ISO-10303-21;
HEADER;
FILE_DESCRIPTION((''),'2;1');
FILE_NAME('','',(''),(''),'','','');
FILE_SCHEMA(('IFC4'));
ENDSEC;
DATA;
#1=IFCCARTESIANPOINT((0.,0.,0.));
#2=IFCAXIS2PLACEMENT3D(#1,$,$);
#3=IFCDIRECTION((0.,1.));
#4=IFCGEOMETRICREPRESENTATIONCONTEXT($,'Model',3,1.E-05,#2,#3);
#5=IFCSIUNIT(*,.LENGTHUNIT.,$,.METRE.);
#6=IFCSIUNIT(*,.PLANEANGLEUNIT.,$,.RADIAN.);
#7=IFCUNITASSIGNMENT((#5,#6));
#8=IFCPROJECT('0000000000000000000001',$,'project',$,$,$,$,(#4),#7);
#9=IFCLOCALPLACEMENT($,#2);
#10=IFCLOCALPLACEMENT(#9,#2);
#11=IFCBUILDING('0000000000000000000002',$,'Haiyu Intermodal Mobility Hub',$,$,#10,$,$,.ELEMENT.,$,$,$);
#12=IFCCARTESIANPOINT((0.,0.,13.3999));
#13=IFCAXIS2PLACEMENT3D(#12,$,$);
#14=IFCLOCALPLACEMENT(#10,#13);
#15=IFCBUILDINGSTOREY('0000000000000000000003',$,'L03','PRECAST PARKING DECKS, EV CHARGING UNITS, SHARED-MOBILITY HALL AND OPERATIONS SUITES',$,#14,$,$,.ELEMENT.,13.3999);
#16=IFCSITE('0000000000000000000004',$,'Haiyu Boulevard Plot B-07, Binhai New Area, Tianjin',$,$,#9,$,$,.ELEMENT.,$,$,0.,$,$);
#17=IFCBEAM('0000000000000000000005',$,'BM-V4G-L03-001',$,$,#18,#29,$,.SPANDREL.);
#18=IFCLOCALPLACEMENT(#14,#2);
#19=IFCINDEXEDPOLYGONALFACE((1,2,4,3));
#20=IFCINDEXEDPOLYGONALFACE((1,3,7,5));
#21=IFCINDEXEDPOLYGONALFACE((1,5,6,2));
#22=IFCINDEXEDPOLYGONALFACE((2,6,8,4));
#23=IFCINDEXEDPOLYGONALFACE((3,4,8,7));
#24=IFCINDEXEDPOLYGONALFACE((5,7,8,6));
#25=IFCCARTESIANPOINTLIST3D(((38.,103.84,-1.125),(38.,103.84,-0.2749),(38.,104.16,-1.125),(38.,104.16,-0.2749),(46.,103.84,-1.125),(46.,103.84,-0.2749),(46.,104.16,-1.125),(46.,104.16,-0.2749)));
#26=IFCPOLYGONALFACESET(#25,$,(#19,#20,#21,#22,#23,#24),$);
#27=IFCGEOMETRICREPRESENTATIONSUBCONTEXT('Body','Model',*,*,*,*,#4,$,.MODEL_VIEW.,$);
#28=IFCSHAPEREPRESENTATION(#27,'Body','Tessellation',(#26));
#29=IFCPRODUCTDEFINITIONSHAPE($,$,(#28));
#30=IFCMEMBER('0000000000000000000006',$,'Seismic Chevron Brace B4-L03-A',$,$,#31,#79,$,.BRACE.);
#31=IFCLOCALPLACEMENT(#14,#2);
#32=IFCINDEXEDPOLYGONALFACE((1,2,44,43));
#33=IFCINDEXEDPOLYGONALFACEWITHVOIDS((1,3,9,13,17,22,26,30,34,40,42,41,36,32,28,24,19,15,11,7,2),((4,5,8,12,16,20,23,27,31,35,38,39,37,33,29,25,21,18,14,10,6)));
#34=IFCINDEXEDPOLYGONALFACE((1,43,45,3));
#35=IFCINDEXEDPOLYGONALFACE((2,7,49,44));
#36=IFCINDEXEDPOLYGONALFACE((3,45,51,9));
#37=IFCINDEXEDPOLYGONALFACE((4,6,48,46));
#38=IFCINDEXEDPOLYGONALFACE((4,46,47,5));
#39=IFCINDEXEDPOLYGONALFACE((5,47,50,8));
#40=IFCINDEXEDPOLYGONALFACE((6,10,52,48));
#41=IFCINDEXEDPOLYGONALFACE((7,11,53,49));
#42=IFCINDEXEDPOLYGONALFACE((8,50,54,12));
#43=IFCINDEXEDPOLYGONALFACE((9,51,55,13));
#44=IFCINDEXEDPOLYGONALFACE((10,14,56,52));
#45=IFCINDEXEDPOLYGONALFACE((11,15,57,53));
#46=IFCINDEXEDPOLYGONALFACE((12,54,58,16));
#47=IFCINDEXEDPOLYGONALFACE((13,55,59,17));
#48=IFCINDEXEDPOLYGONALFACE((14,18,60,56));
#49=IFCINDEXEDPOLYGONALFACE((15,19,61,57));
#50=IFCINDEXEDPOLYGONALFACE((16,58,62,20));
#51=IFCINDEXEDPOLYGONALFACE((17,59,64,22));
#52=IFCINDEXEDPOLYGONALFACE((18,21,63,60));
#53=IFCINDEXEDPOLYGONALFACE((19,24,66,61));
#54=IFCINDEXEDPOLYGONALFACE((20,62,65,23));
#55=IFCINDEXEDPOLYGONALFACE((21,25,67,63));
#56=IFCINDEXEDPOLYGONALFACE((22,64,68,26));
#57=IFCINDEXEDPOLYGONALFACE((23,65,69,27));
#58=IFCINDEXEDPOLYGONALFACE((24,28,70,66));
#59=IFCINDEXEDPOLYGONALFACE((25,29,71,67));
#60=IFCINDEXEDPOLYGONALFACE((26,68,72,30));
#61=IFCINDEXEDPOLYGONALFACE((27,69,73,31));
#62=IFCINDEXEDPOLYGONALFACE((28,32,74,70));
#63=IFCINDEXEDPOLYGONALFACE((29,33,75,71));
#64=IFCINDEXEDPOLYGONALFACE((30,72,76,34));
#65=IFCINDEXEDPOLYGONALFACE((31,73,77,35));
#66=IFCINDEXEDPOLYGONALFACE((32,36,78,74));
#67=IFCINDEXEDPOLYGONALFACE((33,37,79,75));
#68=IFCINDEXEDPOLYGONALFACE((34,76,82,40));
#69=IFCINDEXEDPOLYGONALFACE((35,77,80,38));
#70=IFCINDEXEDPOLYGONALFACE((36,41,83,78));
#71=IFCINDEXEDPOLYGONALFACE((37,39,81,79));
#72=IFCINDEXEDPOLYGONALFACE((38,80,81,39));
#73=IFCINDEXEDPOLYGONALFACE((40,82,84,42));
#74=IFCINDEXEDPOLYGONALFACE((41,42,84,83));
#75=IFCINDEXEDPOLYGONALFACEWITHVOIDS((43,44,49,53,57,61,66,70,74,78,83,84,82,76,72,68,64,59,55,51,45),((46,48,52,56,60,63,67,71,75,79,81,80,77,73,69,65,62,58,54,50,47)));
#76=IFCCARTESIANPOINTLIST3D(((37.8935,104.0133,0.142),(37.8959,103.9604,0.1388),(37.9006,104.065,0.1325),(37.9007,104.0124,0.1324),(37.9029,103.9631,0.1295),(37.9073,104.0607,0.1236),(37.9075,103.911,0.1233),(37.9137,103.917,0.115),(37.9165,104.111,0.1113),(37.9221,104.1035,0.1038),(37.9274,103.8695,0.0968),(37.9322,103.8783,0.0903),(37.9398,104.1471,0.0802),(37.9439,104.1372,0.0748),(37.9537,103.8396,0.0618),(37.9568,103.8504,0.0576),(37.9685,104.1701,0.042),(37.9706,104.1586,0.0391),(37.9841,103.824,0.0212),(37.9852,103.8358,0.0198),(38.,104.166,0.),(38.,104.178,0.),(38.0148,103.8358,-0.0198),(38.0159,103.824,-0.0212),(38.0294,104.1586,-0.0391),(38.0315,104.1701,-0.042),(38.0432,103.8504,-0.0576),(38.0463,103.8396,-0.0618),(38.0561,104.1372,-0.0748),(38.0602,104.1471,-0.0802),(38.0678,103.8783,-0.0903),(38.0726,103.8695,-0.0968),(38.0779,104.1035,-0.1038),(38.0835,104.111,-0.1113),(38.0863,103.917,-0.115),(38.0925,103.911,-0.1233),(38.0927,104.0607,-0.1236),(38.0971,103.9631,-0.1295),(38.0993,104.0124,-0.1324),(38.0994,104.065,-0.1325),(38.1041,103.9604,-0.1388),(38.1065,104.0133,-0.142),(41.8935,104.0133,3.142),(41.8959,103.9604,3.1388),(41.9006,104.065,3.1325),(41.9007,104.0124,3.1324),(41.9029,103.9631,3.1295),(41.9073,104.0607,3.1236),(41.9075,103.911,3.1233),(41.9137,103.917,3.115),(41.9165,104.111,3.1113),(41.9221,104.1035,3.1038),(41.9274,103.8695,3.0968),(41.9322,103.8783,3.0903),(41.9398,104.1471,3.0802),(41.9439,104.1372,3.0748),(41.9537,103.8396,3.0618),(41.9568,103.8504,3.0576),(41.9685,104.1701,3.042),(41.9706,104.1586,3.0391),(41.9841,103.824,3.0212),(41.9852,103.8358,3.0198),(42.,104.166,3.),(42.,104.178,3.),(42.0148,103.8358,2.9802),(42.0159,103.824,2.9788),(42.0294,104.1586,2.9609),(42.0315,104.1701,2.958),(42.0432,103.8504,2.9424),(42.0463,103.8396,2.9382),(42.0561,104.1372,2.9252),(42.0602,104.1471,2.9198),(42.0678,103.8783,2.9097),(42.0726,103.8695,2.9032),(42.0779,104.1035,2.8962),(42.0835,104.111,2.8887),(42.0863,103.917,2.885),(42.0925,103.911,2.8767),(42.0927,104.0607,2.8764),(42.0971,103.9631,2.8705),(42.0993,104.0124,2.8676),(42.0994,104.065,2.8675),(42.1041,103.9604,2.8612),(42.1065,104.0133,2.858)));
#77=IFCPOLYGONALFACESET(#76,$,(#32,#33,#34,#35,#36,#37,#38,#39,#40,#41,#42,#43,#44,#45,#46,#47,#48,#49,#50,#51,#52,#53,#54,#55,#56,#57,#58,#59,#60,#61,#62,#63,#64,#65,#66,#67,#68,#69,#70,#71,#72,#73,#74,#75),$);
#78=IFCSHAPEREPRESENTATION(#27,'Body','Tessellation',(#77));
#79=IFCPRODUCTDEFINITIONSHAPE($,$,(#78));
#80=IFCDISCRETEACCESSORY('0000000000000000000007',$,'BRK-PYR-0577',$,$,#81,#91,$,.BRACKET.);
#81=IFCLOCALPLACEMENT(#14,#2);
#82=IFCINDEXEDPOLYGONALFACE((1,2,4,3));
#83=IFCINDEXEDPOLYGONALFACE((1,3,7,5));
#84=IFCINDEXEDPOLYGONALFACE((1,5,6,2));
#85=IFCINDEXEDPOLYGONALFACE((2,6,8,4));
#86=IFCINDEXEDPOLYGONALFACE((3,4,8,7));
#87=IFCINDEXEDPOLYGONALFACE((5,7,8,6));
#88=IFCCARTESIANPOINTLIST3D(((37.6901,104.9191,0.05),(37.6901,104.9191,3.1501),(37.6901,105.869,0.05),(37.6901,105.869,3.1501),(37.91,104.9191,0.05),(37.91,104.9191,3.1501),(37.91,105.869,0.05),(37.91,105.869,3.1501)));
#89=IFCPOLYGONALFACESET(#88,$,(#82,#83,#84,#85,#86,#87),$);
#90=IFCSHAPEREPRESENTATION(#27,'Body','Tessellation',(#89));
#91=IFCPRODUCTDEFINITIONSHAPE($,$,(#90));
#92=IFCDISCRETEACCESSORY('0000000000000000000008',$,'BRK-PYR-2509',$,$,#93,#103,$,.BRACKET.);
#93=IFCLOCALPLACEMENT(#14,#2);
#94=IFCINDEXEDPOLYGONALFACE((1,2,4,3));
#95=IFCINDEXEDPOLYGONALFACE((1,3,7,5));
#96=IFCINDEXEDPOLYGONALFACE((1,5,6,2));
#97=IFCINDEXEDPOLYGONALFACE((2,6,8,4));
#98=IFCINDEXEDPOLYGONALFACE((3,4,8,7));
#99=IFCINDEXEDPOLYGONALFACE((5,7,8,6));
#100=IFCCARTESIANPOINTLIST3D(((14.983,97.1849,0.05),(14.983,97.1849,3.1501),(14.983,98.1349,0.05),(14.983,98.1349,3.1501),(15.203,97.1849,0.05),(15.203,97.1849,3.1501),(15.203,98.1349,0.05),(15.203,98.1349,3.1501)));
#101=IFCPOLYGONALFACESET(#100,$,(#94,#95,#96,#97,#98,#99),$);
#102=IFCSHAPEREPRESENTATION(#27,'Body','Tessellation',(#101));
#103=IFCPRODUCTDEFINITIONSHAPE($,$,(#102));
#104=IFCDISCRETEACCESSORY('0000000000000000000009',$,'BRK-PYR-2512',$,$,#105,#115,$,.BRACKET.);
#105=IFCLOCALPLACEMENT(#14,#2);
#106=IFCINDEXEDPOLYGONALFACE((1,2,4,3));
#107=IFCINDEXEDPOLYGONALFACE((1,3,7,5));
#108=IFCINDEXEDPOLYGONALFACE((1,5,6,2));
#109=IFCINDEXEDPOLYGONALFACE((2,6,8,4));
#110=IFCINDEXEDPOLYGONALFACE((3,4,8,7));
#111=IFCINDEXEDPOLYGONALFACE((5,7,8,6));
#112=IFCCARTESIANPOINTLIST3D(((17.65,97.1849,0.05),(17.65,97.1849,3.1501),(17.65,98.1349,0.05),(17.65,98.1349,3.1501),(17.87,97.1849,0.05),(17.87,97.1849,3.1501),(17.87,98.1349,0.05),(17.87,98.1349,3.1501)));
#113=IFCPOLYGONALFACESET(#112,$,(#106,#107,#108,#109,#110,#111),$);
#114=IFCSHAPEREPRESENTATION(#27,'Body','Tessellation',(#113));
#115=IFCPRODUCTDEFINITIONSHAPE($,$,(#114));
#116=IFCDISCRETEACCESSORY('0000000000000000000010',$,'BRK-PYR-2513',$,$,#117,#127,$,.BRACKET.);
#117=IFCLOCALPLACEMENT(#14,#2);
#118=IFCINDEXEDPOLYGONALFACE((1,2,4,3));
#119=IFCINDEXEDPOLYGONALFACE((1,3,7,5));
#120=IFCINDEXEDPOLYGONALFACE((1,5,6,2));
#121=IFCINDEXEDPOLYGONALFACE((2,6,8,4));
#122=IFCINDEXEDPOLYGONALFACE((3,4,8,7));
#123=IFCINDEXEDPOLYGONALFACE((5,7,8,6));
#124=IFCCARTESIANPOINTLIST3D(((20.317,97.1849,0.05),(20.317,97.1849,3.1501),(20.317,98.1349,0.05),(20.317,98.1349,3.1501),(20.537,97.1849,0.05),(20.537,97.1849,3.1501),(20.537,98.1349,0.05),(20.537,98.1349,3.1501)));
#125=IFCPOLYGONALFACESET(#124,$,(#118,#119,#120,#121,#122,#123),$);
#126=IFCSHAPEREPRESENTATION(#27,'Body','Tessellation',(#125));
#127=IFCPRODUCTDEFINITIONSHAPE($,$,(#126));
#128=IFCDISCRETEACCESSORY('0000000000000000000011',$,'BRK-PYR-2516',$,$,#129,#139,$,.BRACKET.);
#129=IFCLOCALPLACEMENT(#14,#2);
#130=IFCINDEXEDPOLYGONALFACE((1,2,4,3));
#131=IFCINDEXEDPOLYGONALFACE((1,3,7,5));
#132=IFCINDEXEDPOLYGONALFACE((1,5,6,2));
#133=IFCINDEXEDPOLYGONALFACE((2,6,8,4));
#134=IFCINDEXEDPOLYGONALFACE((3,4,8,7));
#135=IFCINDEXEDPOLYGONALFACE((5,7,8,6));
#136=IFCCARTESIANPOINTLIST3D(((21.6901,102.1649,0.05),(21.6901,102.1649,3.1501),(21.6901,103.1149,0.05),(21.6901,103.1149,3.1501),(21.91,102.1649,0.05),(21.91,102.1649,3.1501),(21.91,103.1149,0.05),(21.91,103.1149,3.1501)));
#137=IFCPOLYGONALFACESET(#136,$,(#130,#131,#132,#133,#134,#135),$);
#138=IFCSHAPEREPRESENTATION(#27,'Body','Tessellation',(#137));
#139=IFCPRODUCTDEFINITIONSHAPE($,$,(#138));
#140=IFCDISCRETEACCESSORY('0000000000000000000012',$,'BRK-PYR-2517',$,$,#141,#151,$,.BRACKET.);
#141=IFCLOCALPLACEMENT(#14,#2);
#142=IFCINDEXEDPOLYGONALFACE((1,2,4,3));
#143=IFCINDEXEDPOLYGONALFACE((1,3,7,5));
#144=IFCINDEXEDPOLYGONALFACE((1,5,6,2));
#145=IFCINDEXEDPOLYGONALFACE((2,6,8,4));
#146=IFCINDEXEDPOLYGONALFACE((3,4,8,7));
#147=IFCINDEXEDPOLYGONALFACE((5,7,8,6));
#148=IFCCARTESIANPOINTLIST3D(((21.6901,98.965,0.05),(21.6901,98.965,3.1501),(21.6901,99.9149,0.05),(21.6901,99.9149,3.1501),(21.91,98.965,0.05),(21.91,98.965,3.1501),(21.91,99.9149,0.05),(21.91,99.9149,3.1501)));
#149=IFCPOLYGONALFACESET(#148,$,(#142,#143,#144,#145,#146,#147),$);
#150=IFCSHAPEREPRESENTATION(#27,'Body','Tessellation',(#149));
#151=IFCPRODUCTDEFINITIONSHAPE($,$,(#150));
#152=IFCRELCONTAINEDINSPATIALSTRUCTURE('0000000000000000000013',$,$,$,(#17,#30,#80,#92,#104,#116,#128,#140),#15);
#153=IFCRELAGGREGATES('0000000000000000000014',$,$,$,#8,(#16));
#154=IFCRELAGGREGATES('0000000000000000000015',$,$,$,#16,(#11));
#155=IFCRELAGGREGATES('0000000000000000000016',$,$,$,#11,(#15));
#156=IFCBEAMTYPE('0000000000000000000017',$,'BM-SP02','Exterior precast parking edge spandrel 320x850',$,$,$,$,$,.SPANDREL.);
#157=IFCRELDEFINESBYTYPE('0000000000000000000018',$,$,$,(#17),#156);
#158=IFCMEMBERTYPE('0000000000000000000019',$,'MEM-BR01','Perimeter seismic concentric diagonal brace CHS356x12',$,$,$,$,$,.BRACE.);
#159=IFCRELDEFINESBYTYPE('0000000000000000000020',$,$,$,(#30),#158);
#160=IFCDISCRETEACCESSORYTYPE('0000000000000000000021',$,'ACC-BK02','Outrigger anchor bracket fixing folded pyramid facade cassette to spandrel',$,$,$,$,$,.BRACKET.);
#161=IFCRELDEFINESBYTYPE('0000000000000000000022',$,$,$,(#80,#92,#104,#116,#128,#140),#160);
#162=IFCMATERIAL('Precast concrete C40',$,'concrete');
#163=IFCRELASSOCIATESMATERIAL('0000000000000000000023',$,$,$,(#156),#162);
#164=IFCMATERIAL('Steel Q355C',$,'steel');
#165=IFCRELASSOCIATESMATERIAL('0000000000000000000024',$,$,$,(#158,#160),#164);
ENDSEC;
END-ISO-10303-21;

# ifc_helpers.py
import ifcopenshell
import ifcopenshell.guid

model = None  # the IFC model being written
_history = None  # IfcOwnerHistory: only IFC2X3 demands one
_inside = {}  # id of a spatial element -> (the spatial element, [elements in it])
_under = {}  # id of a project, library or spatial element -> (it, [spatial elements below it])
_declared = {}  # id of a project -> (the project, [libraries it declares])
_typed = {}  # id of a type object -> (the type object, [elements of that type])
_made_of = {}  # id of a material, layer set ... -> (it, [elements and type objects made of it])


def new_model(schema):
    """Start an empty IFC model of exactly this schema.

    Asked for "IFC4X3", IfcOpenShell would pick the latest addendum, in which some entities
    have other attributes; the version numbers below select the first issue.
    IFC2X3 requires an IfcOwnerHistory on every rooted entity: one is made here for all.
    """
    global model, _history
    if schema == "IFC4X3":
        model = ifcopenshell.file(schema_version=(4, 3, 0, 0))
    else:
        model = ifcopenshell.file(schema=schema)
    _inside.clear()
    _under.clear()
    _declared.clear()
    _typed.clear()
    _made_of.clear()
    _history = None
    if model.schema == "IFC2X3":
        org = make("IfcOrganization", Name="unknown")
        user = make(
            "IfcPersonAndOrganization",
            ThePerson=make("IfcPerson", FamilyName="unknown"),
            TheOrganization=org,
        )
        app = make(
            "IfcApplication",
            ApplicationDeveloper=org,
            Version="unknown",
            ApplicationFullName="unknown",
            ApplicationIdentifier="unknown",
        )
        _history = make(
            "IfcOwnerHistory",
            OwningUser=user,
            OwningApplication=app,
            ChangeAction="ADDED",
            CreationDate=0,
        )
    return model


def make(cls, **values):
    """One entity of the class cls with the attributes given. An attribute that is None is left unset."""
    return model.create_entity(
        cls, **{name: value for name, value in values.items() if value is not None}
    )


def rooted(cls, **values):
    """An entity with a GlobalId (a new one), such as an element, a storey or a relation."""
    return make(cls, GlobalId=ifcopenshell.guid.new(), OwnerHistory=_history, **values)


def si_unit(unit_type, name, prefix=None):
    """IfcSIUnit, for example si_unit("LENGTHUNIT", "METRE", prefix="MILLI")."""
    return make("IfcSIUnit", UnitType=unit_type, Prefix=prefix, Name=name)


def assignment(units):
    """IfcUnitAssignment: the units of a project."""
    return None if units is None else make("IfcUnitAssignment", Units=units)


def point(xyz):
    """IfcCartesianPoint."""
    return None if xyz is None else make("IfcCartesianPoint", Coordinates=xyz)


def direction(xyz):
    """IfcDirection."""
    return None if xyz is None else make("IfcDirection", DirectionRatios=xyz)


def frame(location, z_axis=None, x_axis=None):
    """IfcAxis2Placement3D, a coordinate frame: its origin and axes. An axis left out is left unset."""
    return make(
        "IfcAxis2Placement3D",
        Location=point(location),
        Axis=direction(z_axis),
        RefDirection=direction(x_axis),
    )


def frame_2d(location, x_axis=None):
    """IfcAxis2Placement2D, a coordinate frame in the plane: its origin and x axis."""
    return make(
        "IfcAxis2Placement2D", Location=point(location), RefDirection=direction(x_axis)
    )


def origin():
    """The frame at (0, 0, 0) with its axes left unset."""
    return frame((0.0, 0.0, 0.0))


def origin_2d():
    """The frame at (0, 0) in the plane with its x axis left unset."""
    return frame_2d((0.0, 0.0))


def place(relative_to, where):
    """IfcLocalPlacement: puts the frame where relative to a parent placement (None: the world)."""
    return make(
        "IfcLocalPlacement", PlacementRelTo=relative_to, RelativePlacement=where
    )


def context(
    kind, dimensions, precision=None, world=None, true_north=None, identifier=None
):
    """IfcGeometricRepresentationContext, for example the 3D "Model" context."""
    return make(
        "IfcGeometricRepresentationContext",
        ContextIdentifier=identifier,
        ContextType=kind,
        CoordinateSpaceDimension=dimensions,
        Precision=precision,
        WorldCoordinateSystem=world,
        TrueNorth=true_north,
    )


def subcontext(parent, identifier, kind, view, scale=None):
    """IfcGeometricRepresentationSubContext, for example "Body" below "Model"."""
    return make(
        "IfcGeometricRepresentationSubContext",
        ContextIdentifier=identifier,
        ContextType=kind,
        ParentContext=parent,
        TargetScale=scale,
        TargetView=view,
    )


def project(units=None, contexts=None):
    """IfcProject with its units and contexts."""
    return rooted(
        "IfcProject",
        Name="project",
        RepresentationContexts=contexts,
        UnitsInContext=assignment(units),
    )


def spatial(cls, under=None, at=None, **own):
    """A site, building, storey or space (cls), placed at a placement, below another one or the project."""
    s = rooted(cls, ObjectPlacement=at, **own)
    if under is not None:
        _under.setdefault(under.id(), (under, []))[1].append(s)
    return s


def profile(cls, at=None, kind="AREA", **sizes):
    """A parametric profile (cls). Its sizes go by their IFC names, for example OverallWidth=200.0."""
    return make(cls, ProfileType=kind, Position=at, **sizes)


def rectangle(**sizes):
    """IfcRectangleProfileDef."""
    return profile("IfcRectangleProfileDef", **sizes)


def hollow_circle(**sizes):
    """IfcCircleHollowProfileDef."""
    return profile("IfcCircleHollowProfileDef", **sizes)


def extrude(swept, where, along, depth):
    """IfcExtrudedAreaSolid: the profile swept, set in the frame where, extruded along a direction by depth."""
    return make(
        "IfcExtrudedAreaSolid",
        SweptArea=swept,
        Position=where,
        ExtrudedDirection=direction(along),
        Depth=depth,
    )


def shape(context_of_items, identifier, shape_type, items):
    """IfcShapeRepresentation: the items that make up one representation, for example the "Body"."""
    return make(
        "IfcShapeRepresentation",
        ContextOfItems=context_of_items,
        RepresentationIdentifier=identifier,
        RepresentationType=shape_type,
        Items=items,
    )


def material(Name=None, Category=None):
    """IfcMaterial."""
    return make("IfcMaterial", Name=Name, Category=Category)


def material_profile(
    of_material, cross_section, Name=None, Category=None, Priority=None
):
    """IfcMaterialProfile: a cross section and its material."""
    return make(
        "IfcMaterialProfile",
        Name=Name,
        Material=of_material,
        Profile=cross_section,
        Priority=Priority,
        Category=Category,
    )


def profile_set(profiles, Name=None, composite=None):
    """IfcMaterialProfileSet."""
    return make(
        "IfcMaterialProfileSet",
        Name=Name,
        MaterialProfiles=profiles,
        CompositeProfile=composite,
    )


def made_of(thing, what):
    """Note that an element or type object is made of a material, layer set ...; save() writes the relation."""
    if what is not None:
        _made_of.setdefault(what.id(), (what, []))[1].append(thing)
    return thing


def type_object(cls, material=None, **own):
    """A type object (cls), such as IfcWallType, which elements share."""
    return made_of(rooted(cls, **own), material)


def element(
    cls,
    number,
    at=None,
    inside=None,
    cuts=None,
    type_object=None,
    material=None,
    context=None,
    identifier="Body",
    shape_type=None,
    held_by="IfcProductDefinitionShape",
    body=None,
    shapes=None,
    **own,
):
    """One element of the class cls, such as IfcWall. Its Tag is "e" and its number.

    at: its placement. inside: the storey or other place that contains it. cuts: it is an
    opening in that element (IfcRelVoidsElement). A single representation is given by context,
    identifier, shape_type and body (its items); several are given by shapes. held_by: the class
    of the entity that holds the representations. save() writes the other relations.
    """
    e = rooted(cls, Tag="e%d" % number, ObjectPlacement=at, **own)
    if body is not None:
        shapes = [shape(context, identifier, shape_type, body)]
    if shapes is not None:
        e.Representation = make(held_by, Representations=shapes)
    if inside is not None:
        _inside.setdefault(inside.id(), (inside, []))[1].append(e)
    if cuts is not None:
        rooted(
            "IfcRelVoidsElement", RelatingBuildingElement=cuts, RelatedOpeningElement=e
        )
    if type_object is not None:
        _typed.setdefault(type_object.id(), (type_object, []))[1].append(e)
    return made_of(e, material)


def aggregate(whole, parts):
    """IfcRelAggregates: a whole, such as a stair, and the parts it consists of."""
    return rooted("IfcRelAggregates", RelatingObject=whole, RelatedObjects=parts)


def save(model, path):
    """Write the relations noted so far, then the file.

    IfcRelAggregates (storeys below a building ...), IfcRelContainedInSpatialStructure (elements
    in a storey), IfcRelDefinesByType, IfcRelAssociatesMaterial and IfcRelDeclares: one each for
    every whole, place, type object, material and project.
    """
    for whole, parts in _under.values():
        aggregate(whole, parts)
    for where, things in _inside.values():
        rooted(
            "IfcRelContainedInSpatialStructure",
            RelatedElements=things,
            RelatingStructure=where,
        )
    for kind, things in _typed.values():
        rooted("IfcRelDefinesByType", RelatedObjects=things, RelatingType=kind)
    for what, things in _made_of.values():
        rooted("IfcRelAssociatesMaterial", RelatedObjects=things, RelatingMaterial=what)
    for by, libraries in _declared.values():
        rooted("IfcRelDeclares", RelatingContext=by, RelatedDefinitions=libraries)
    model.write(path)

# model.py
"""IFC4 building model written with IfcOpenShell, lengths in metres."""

from ifc_helpers import new_model, si_unit, direction, frame, origin, origin_2d, place, context, subcontext, project, spatial, rectangle, hollow_circle, extrude, material, material_profile, profile_set, type_object, element, save


model = new_model("IFC4")

# Units and contexts
model_context = context("Model", 3, precision=1e-05, world=origin(), true_north=direction((0.0, 1.0)))
body_context = subcontext(model_context, "Body", "Model", "MODEL_VIEW")
ifc_project = project(units=[si_unit("LENGTHUNIT", "METRE"), si_unit("PLANEANGLEUNIT", "RADIAN")], contexts=[model_context])

# Site, building, storey
site_placement = place(None, origin())
site = spatial("IfcSite", under=ifc_project, at=site_placement, Name="Haiyu Boulevard Plot B-07, Binhai New Area, Tianjin", CompositionType="ELEMENT", RefElevation=0.0)
building_placement = place(site_placement, origin())
building = spatial("IfcBuilding", under=site, at=building_placement, Name="Haiyu Intermodal Mobility Hub", CompositionType="ELEMENT")
storey_placement = place(building_placement, frame((0.0, 0.0, 13.3999)))
storey = spatial("IfcBuildingStorey", under=building, at=storey_placement, Name="L03", Description="PRECAST PARKING DECKS, EV CHARGING UNITS, SHARED-MOBILITY HALL AND OPERATIONS SUITES", CompositionType="ELEMENT", Elevation=13.3999)

# Shared definitions
ifc_material_1 = material(Name="Precast concrete C40", Category="concrete")

# Beam
ifc_material_profile_1 = material_profile(ifc_material_1, rectangle(XDim=0.3201, YDim=0.8501, at=origin_2d()), Name="PC320x850")
ifc_profile_set_1 = profile_set([ifc_material_profile_1], Name="Precast concrete C40")
beam_type_1 = type_object("IfcBeamType", Name="BM-SP02", Description="Exterior precast parking edge spandrel 320x850", PredefinedType="SPANDREL", material=ifc_profile_set_1)
beam_1_placement = place(storey_placement, frame((38.0, 104.0, -0.7), z_axis=(1.0, 0.0, 0.0), x_axis=(0.0, 1.0, 0.0)))
element("IfcBeam", 1, at=beam_1_placement, inside=storey, type_object=beam_type_1, Name="BM-V4G-L03-001", PredefinedType="SPANDREL", context=body_context, shape_type="SweptSolid", body=[
    extrude(rectangle(XDim=0.3201, YDim=0.8501, at=origin_2d()), origin(), (0.0, 0.0, 1.0), 8.0),
])

# Member
ifc_material_2 = material(Name="Steel Q355C", Category="steel")
ifc_material_profile_2 = material_profile(ifc_material_2, hollow_circle(Radius=0.178, WallThickness=0.012, at=origin_2d()), Name="CHS356x12")
ifc_profile_set_2 = profile_set([ifc_material_profile_2], Name="Steel Q355C")
member_type = type_object("IfcMemberType", Name="MEM-BR01", Description="Perimeter seismic concentric diagonal brace CHS356x12", PredefinedType="BRACE", material=ifc_profile_set_2)
member_placement = place(storey_placement, frame((38.0, 104.0, 0.0), z_axis=(0.8, 0.0, 0.6), x_axis=(0.0, 1.0, 0.0)))
element("IfcMember", 2, at=member_placement, inside=storey, type_object=member_type, Name="Seismic Chevron Brace B4-L03-A", PredefinedType="BRACE", context=body_context, shape_type="SweptSolid", body=[
    extrude(hollow_circle(Radius=0.178, WallThickness=0.012, at=origin_2d()), origin(), (0.0, 0.0, 1.0), 5.0),
])

# Discrete accessories
discrete_accessory_type = type_object("IfcDiscreteAccessoryType", Name="ACC-BK02", Description="Outrigger anchor bracket fixing folded pyramid facade cassette to spandrel", PredefinedType="BRACKET", material=ifc_material_2)
for number, where, z_axis, x_axis, name in (
    (3, (37.8, 105.394, 0.05), (0.0, 0.0, 1.0), (1.0, 0.0, 0.0), "BRK-PYR-0577"),
    (4, (15.093, 97.6599, 0.05), (0.0, 0.0, 1.0), (1.0, 0.0, 0.0), "BRK-PYR-2509"),
    (5, (17.76, 97.6599, 0.05), (0.0, 0.0, 1.0), (1.0, 0.0, 0.0), "BRK-PYR-2512"),
    (6, (20.427, 97.6599, 0.05), (0.0, 0.0, 1.0), (1.0, 0.0, 0.0), "BRK-PYR-2513"),
    (7, (21.8, 102.6399, 0.05), (0.0, 0.0, 1.0), (1.0, 0.0, 0.0), "BRK-PYR-2516"),
    (8, (21.8, 99.4399, 0.05), (0.0, 0.0, 1.0), (1.0, 0.0, 0.0), "BRK-PYR-2517"),
):
    element("IfcDiscreteAccessory", number, at=place(storey_placement, frame(where, z_axis=z_axis, x_axis=x_axis)), inside=storey, type_object=discrete_accessory_type, Name=name, PredefinedType="BRACKET", context=body_context, shape_type="SweptSolid", body=[
        extrude(rectangle(XDim=0.22, YDim=0.95, at=origin_2d()), origin(), (0.0, 0.0, 1.0), 3.1001),
    ])

save(model, "model.ifc")
